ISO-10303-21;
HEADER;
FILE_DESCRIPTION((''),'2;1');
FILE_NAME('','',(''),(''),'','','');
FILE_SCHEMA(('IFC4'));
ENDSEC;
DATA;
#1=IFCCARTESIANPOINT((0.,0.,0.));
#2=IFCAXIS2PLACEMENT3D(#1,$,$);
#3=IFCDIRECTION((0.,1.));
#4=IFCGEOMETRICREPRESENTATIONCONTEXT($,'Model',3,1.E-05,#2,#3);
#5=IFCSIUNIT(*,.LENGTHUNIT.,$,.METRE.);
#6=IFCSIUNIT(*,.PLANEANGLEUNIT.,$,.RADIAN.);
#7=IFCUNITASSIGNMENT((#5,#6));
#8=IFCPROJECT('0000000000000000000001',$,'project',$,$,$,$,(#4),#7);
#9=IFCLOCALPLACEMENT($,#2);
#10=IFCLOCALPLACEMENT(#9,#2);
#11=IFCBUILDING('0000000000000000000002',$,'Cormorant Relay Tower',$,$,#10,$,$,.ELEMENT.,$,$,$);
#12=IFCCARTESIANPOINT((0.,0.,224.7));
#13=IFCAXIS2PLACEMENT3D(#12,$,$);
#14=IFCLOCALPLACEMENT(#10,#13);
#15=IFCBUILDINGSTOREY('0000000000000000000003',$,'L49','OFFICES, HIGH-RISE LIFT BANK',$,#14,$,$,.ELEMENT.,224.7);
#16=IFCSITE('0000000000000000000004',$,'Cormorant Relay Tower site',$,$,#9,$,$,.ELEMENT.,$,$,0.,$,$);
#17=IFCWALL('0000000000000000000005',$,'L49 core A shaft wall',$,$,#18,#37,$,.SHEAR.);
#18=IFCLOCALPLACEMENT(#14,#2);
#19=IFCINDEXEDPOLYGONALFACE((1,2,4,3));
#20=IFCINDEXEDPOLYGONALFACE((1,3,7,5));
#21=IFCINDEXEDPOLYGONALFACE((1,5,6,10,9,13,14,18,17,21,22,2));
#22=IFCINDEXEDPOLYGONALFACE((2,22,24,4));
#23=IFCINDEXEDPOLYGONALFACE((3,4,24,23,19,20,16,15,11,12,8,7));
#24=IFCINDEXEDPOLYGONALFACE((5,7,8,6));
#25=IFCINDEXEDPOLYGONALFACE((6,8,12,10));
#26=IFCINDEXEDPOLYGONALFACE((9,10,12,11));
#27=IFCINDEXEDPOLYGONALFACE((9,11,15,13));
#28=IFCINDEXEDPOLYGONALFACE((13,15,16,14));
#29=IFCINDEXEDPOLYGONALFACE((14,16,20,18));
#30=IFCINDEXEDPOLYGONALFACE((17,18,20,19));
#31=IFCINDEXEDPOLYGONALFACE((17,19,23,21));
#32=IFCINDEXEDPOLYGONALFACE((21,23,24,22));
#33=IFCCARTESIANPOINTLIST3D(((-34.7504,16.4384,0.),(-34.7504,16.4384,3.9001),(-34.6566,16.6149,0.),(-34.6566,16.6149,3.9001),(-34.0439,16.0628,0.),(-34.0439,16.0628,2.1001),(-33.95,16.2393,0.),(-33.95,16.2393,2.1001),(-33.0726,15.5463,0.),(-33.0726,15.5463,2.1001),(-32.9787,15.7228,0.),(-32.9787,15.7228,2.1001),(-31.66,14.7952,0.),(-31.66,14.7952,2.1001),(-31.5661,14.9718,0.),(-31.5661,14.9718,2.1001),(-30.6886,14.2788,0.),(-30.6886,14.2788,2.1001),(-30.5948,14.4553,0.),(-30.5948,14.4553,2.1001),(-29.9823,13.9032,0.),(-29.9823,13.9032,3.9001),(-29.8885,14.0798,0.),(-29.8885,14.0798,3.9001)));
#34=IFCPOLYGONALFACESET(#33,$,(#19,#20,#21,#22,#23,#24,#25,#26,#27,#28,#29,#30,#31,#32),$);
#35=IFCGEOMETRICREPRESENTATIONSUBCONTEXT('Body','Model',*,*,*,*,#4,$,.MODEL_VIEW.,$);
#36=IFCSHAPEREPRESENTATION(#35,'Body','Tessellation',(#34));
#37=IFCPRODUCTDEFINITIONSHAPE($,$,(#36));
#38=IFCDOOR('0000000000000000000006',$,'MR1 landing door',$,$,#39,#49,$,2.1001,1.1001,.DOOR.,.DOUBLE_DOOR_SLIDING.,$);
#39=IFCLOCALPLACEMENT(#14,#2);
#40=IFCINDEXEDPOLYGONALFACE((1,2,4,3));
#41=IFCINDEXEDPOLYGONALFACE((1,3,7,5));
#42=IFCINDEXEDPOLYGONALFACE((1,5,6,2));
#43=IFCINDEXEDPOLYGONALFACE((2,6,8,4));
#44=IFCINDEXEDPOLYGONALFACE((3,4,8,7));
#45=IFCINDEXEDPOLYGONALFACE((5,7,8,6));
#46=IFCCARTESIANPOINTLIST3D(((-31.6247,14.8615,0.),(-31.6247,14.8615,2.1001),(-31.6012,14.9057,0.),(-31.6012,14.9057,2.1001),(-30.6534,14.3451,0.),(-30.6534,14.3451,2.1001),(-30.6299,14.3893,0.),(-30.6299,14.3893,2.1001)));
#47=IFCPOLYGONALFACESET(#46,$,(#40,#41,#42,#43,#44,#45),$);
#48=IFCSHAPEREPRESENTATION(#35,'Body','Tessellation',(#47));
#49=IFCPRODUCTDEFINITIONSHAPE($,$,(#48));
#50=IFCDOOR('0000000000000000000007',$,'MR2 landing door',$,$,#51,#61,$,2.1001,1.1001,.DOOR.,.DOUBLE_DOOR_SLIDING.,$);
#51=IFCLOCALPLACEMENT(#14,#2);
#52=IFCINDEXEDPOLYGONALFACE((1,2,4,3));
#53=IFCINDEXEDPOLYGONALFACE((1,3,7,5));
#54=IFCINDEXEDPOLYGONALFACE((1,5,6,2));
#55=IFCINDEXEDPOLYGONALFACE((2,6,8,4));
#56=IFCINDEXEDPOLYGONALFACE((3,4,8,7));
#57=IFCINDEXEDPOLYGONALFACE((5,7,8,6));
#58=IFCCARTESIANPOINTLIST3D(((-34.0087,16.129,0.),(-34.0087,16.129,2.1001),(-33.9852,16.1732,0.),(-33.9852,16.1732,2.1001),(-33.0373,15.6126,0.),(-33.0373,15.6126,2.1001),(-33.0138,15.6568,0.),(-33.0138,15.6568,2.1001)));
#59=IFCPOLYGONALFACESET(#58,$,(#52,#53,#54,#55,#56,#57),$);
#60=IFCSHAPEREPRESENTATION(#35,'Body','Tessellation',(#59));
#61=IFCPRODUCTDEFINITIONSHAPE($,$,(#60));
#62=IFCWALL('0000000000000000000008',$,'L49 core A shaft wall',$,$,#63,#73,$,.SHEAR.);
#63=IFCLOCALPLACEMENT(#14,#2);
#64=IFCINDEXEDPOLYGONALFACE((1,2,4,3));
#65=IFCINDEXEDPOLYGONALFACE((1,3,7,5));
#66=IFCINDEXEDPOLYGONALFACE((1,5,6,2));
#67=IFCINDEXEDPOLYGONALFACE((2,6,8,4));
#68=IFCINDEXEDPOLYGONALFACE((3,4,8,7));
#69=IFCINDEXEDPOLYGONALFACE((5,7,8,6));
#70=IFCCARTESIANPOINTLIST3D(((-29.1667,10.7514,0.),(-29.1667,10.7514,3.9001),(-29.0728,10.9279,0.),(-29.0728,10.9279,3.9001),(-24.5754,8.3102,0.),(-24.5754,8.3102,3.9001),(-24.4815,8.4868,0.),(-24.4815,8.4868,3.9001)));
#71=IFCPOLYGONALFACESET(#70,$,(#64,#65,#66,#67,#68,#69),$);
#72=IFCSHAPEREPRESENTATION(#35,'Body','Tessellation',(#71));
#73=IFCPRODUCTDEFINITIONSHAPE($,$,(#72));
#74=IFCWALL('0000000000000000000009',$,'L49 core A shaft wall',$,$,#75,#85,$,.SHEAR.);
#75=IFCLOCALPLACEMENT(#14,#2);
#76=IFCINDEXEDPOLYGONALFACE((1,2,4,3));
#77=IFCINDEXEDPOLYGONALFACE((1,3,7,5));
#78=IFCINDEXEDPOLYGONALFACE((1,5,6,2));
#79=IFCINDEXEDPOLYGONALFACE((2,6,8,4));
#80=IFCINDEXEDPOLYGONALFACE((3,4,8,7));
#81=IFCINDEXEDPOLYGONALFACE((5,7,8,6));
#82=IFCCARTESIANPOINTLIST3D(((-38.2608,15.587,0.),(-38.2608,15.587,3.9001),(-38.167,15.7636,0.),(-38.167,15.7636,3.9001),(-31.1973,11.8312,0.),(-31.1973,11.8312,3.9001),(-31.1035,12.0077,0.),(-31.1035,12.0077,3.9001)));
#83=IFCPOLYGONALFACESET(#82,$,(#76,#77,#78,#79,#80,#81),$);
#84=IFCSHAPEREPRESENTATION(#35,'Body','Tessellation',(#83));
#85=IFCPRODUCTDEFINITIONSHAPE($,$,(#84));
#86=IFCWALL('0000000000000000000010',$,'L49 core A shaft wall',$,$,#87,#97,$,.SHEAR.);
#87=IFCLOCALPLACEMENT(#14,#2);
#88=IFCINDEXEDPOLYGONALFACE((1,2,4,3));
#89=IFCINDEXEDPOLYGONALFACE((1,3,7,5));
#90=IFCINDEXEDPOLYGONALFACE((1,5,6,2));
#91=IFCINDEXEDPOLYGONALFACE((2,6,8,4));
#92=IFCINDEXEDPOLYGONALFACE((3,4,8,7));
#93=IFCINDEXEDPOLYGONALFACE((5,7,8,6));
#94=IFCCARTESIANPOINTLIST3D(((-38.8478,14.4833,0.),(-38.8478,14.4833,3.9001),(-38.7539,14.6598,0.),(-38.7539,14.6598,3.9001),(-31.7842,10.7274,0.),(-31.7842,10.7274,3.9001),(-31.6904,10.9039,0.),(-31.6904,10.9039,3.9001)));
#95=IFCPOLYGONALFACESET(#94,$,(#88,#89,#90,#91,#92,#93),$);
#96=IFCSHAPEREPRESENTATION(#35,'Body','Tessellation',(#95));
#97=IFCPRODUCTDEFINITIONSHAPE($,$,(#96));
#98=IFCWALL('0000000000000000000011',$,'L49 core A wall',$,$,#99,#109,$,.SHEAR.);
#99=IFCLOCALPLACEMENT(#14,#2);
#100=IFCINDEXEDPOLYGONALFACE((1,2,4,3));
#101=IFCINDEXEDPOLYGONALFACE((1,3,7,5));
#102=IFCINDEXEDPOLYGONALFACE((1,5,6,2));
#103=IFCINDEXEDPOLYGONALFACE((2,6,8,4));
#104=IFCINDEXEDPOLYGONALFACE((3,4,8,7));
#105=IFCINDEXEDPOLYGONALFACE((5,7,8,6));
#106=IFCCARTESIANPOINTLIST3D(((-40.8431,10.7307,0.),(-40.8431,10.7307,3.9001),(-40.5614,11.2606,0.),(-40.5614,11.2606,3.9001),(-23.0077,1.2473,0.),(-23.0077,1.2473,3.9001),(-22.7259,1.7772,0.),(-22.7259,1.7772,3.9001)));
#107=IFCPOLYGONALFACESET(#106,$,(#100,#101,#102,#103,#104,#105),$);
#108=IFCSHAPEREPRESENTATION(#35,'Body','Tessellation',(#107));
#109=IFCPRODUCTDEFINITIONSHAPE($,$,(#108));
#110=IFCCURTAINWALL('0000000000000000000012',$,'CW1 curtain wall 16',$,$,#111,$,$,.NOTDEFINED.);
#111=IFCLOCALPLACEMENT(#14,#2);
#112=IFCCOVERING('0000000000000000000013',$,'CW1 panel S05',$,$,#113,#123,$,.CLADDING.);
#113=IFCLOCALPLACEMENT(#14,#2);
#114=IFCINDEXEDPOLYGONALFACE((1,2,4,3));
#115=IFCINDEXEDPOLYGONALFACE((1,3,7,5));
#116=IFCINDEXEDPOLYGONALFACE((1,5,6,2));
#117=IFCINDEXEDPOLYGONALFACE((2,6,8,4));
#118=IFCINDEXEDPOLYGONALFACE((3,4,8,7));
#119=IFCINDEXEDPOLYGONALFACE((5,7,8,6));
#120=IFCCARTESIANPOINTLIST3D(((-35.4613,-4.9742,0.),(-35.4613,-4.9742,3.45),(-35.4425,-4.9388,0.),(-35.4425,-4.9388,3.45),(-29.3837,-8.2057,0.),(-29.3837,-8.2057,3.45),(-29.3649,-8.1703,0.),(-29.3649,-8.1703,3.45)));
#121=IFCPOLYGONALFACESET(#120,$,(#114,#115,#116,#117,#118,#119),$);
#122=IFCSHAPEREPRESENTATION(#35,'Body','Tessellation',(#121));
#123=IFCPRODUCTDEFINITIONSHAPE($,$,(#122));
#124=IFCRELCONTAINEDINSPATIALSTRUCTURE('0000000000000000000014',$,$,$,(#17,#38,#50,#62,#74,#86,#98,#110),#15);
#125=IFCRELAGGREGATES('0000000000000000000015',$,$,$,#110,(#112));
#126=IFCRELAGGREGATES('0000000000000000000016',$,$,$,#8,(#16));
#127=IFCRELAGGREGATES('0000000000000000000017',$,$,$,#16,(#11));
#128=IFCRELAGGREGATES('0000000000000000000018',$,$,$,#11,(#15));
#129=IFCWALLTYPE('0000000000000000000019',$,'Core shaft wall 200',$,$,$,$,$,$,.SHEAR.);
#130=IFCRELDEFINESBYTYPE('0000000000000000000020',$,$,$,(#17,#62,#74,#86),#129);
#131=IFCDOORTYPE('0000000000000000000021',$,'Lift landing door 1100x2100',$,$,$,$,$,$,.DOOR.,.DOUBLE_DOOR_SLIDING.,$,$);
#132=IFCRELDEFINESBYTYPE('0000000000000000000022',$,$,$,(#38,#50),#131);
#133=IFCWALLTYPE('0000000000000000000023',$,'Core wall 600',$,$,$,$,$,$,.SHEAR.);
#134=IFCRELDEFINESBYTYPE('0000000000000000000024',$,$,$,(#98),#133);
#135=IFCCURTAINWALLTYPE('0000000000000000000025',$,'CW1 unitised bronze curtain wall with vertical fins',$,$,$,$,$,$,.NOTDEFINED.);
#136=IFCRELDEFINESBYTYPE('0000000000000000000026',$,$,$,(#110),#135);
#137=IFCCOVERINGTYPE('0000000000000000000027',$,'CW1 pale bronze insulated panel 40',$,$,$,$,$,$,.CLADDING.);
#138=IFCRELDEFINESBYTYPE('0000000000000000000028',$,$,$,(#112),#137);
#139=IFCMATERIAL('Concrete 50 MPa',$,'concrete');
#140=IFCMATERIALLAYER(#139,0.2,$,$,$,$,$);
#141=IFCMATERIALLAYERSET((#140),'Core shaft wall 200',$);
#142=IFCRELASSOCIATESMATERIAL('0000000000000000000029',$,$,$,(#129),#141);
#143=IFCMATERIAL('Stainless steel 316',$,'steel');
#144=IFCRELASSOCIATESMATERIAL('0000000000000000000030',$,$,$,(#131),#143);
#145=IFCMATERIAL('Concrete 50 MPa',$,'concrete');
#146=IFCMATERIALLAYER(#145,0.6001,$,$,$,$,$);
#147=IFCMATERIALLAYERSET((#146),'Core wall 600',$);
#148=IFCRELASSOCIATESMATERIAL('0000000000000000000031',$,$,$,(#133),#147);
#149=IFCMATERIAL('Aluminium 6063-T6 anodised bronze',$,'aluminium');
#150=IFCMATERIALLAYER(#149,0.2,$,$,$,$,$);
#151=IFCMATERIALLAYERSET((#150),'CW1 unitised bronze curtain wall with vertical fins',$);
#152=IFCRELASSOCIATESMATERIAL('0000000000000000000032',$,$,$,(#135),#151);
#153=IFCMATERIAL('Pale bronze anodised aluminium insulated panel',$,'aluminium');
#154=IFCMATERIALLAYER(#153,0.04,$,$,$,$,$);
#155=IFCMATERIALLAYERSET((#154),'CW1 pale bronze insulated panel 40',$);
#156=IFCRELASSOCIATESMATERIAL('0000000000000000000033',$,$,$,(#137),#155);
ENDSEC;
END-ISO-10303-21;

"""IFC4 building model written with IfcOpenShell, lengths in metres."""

from ifc_helpers import new_model, si_unit, direction, frame, frame_2d, origin, origin_2d, place, context, subcontext, project, spatial, rectangle, extrude, material, layer, layer_set, type_object, element, fill, aggregate, save


model = new_model("IFC4")

# Units and contexts
model_context = context("Model", 3, precision=1e-05, world=origin(), true_north=direction((0.0, 1.0)))
body_context = subcontext(model_context, "Body", "Model", "MODEL_VIEW")
ifc_project = project(units=[si_unit("LENGTHUNIT", "METRE"), si_unit("PLANEANGLEUNIT", "RADIAN")], contexts=[model_context])

# Site, building, storey
site_placement = place(None, origin())
site = spatial("IfcSite", under=ifc_project, at=site_placement, Name="Cormorant Relay Tower site", CompositionType="ELEMENT", RefElevation=0.0)
building_placement = place(site_placement, origin())
building = spatial("IfcBuilding", under=site, at=building_placement, Name="Cormorant Relay Tower", CompositionType="ELEMENT")
storey_placement = place(building_placement, frame((0.0, 0.0, 224.7)))
storey = spatial("IfcBuildingStorey", under=building, at=storey_placement, Name="L49", Description="OFFICES, HIGH-RISE LIFT BANK", CompositionType="ELEMENT", Elevation=224.7)

# Shared definitions
ifc_material_1 = material(Name="Concrete 50 MPa", Category="concrete")
ifc_layer_1 = layer(ifc_material_1, 0.2)
ifc_layer_set_1 = layer_set([ifc_layer_1], Name="Core shaft wall 200")
wall_type_1 = type_object("IfcWallType", Name="Core shaft wall 200", PredefinedType="SHEAR", material=ifc_layer_set_1)

# Wall, openings, doors
wall_1_placement = place(storey_placement, frame((-29.9353, 13.9915, 0.0), z_axis=(0.0, 0.0, 1.0), x_axis=(-0.882953, 0.469462, 0.0)))
wall_1 = element("IfcWall", 1, at=wall_1_placement, inside=storey, type_object=wall_type_1, Name="L49 core A shaft wall", PredefinedType="SHEAR", context=body_context, shape_type="SweptSolid", body=[
    extrude(rectangle(XDim=5.4001, YDim=0.2, at=frame_2d((2.7002, 0.0))), origin(), (0.0, 0.0, 1.0), 3.9001),
])
opening_1_placement = place(wall_1_placement, frame((0.8, 0.0, 0.0)))
opening_1 = element("IfcOpeningElement", 2, at=opening_1_placement, cuts=wall_1, PredefinedType="OPENING", context=body_context, shape_type="SweptSolid", body=[
    extrude(rectangle(XDim=1.1001, YDim=2.1001, at=frame_2d((0.55, 1.05))), frame((0.0, 0.1099, 0.0), z_axis=(0.0, -1.0, 0.0), x_axis=(1.0, 0.0, 0.0)), (0.0, 0.0, 1.0), 0.22),
])
opening_2_placement = place(wall_1_placement, frame((3.5, 0.0, 0.0)))
opening_2 = element("IfcOpeningElement", 3, at=opening_2_placement, cuts=wall_1, PredefinedType="OPENING", context=body_context, shape_type="SweptSolid", body=[
    extrude(rectangle(XDim=1.1001, YDim=2.1001, at=frame_2d((0.55, 1.05))), frame((0.0, 0.1099, 0.0), z_axis=(0.0, -1.0, 0.0), x_axis=(1.0, 0.0, 0.0)), (0.0, 0.0, 1.0), 0.22),
])
ifc_material_2 = material(Name="Stainless steel 316", Category="steel")
door_type_1 = type_object("IfcDoorType", Name="Lift landing door 1100x2100", OperationType="DOUBLE_DOOR_SLIDING", PredefinedType="DOOR", material=ifc_material_2)
door_1_placement = place(opening_1_placement, origin())
door_1 = element("IfcDoor", 4, at=door_1_placement, inside=storey, type_object=door_type_1, Name="MR1 landing door", OperationType="DOUBLE_DOOR_SLIDING", OverallHeight=2.1001, OverallWidth=1.1001, PredefinedType="DOOR", context=body_context, shape_type="SweptSolid", body=[
    extrude(rectangle(XDim=1.1001, YDim=2.1001, at=frame_2d((0.55, 1.05))), frame((0.0, 0.0249, 0.0), z_axis=(0.0, -1.0, 0.0), x_axis=(1.0, 0.0, 0.0)), (0.0, 0.0, 1.0), 0.05),
])
fill(opening_1, door_1)
door_2_placement = place(opening_2_placement, origin())
door_2 = element("IfcDoor", 5, at=door_2_placement, inside=storey, type_object=door_type_1, Name="MR2 landing door", OperationType="DOUBLE_DOOR_SLIDING", OverallHeight=2.1001, OverallWidth=1.1001, PredefinedType="DOOR", context=body_context, shape_type="SweptSolid", body=[
    extrude(rectangle(XDim=1.1001, YDim=2.1001, at=frame_2d((0.55, 1.05))), frame((0.0, 0.0249, 0.0), z_axis=(0.0, -1.0, 0.0), x_axis=(1.0, 0.0, 0.0)), (0.0, 0.0, 1.0), 0.05),
])
fill(opening_2, door_2)

# Walls
wall_2_placement = place(storey_placement, frame((-24.5283, 8.3984, 0.0), z_axis=(0.0, 0.0, 1.0), x_axis=(-0.882954, 0.46946, 0.0)))
element("IfcWall", 6, at=wall_2_placement, inside=storey, type_object=wall_type_1, Name="L49 core A shaft wall", PredefinedType="SHEAR", context=body_context, shape_type="SweptSolid", body=[
    extrude(rectangle(XDim=5.2, YDim=0.2, at=frame_2d((2.6001, 0.0))), origin(), (0.0, 0.0, 1.0), 3.9001),
])
for number, where, z_axis, x_axis, name in (
    (7, (-31.1504, 11.9194, 0.0), (0.0, 0.0, 1.0), (-0.88294, 0.469485, 0.0), "L49 core A shaft wall"),
    (8, (-31.7373, 10.8157, 0.0), (0.0, 0.0, 1.0), (-0.88294, 0.469485, 0.0), "L49 core A shaft wall"),
):
    element("IfcWall", number, at=place(storey_placement, frame(where, z_axis=z_axis, x_axis=x_axis)), inside=storey, type_object=wall_type_1, Name=name, PredefinedType="SHEAR", context=body_context, shape_type="SweptSolid", body=[
        extrude(rectangle(XDim=8.0, YDim=0.2, at=frame_2d((4.0, 0.0))), origin(), (0.0, 0.0, 1.0), 3.9001),
    ])
ifc_material_3 = material(Name="Concrete 50 MPa", Category="concrete")
ifc_layer_2 = layer(ifc_material_3, 0.6001)
ifc_layer_set_2 = layer_set([ifc_layer_2], Name="Core wall 600")
wall_type_2 = type_object("IfcWallType", Name="Core wall 600", PredefinedType="SHEAR", material=ifc_layer_set_2)
wall_3_placement = place(storey_placement, frame((-22.8667, 1.5122, 0.0), z_axis=(0.0, 0.0, 1.0), x_axis=(-0.882945, 0.469476, 0.0)))
element("IfcWall", 9, at=wall_3_placement, inside=storey, type_object=wall_type_2, Name="L49 core A wall", PredefinedType="SHEAR", context=body_context, shape_type="SweptSolid", body=[
    extrude(rectangle(XDim=20.2, YDim=0.6001, at=frame_2d((10.1001, 0.0))), origin(), (0.0, 0.0, 1.0), 3.9001),
])

# Curtain wall, covering
ifc_material_4 = material(Name="Aluminium 6063-T6 anodised bronze", Category="aluminium")
ifc_layer_3 = layer(ifc_material_4, 0.2)
ifc_layer_set_3 = layer_set([ifc_layer_3], Name="CW1 unitised bronze curtain wall with vertical fins")
curtain_wall_type = type_object("IfcCurtainWallType", Name="CW1 unitised bronze curtain wall with vertical fins", PredefinedType="NOTDEFINED", material=ifc_layer_set_3)
curtain_wall_placement = place(storey_placement, origin())
curtain_wall = element("IfcCurtainWall", 10, at=curtain_wall_placement, inside=storey, type_object=curtain_wall_type, Name="CW1 curtain wall 16", PredefinedType="NOTDEFINED")
ifc_material_5 = material(Name="Pale bronze anodised aluminium insulated panel", Category="aluminium")
ifc_layer_4 = layer(ifc_material_5, 0.04)
ifc_layer_set_4 = layer_set([ifc_layer_4], Name="CW1 pale bronze insulated panel 40")
covering_type = type_object("IfcCoveringType", Name="CW1 pale bronze insulated panel 40", PredefinedType="CLADDING", material=ifc_layer_set_4)
covering_placement = place(storey_placement, frame((-32.4131, -6.5723, 0.0), z_axis=(0.0, 0.0, 1.0), x_axis=(0.882948, -0.469472, 0.0)))
covering = element("IfcCovering", 11, at=covering_placement, type_object=covering_type, Name="CW1 panel S05", PredefinedType="CLADDING", context=body_context, shape_type="SweptSolid", body=[
    extrude(rectangle(XDim=6.8833, YDim=0.04, at=origin_2d()), origin(), (0.0, 0.0, 1.0), 3.45),
])
aggregate(curtain_wall, [covering])

save(model, "model.ifc")
